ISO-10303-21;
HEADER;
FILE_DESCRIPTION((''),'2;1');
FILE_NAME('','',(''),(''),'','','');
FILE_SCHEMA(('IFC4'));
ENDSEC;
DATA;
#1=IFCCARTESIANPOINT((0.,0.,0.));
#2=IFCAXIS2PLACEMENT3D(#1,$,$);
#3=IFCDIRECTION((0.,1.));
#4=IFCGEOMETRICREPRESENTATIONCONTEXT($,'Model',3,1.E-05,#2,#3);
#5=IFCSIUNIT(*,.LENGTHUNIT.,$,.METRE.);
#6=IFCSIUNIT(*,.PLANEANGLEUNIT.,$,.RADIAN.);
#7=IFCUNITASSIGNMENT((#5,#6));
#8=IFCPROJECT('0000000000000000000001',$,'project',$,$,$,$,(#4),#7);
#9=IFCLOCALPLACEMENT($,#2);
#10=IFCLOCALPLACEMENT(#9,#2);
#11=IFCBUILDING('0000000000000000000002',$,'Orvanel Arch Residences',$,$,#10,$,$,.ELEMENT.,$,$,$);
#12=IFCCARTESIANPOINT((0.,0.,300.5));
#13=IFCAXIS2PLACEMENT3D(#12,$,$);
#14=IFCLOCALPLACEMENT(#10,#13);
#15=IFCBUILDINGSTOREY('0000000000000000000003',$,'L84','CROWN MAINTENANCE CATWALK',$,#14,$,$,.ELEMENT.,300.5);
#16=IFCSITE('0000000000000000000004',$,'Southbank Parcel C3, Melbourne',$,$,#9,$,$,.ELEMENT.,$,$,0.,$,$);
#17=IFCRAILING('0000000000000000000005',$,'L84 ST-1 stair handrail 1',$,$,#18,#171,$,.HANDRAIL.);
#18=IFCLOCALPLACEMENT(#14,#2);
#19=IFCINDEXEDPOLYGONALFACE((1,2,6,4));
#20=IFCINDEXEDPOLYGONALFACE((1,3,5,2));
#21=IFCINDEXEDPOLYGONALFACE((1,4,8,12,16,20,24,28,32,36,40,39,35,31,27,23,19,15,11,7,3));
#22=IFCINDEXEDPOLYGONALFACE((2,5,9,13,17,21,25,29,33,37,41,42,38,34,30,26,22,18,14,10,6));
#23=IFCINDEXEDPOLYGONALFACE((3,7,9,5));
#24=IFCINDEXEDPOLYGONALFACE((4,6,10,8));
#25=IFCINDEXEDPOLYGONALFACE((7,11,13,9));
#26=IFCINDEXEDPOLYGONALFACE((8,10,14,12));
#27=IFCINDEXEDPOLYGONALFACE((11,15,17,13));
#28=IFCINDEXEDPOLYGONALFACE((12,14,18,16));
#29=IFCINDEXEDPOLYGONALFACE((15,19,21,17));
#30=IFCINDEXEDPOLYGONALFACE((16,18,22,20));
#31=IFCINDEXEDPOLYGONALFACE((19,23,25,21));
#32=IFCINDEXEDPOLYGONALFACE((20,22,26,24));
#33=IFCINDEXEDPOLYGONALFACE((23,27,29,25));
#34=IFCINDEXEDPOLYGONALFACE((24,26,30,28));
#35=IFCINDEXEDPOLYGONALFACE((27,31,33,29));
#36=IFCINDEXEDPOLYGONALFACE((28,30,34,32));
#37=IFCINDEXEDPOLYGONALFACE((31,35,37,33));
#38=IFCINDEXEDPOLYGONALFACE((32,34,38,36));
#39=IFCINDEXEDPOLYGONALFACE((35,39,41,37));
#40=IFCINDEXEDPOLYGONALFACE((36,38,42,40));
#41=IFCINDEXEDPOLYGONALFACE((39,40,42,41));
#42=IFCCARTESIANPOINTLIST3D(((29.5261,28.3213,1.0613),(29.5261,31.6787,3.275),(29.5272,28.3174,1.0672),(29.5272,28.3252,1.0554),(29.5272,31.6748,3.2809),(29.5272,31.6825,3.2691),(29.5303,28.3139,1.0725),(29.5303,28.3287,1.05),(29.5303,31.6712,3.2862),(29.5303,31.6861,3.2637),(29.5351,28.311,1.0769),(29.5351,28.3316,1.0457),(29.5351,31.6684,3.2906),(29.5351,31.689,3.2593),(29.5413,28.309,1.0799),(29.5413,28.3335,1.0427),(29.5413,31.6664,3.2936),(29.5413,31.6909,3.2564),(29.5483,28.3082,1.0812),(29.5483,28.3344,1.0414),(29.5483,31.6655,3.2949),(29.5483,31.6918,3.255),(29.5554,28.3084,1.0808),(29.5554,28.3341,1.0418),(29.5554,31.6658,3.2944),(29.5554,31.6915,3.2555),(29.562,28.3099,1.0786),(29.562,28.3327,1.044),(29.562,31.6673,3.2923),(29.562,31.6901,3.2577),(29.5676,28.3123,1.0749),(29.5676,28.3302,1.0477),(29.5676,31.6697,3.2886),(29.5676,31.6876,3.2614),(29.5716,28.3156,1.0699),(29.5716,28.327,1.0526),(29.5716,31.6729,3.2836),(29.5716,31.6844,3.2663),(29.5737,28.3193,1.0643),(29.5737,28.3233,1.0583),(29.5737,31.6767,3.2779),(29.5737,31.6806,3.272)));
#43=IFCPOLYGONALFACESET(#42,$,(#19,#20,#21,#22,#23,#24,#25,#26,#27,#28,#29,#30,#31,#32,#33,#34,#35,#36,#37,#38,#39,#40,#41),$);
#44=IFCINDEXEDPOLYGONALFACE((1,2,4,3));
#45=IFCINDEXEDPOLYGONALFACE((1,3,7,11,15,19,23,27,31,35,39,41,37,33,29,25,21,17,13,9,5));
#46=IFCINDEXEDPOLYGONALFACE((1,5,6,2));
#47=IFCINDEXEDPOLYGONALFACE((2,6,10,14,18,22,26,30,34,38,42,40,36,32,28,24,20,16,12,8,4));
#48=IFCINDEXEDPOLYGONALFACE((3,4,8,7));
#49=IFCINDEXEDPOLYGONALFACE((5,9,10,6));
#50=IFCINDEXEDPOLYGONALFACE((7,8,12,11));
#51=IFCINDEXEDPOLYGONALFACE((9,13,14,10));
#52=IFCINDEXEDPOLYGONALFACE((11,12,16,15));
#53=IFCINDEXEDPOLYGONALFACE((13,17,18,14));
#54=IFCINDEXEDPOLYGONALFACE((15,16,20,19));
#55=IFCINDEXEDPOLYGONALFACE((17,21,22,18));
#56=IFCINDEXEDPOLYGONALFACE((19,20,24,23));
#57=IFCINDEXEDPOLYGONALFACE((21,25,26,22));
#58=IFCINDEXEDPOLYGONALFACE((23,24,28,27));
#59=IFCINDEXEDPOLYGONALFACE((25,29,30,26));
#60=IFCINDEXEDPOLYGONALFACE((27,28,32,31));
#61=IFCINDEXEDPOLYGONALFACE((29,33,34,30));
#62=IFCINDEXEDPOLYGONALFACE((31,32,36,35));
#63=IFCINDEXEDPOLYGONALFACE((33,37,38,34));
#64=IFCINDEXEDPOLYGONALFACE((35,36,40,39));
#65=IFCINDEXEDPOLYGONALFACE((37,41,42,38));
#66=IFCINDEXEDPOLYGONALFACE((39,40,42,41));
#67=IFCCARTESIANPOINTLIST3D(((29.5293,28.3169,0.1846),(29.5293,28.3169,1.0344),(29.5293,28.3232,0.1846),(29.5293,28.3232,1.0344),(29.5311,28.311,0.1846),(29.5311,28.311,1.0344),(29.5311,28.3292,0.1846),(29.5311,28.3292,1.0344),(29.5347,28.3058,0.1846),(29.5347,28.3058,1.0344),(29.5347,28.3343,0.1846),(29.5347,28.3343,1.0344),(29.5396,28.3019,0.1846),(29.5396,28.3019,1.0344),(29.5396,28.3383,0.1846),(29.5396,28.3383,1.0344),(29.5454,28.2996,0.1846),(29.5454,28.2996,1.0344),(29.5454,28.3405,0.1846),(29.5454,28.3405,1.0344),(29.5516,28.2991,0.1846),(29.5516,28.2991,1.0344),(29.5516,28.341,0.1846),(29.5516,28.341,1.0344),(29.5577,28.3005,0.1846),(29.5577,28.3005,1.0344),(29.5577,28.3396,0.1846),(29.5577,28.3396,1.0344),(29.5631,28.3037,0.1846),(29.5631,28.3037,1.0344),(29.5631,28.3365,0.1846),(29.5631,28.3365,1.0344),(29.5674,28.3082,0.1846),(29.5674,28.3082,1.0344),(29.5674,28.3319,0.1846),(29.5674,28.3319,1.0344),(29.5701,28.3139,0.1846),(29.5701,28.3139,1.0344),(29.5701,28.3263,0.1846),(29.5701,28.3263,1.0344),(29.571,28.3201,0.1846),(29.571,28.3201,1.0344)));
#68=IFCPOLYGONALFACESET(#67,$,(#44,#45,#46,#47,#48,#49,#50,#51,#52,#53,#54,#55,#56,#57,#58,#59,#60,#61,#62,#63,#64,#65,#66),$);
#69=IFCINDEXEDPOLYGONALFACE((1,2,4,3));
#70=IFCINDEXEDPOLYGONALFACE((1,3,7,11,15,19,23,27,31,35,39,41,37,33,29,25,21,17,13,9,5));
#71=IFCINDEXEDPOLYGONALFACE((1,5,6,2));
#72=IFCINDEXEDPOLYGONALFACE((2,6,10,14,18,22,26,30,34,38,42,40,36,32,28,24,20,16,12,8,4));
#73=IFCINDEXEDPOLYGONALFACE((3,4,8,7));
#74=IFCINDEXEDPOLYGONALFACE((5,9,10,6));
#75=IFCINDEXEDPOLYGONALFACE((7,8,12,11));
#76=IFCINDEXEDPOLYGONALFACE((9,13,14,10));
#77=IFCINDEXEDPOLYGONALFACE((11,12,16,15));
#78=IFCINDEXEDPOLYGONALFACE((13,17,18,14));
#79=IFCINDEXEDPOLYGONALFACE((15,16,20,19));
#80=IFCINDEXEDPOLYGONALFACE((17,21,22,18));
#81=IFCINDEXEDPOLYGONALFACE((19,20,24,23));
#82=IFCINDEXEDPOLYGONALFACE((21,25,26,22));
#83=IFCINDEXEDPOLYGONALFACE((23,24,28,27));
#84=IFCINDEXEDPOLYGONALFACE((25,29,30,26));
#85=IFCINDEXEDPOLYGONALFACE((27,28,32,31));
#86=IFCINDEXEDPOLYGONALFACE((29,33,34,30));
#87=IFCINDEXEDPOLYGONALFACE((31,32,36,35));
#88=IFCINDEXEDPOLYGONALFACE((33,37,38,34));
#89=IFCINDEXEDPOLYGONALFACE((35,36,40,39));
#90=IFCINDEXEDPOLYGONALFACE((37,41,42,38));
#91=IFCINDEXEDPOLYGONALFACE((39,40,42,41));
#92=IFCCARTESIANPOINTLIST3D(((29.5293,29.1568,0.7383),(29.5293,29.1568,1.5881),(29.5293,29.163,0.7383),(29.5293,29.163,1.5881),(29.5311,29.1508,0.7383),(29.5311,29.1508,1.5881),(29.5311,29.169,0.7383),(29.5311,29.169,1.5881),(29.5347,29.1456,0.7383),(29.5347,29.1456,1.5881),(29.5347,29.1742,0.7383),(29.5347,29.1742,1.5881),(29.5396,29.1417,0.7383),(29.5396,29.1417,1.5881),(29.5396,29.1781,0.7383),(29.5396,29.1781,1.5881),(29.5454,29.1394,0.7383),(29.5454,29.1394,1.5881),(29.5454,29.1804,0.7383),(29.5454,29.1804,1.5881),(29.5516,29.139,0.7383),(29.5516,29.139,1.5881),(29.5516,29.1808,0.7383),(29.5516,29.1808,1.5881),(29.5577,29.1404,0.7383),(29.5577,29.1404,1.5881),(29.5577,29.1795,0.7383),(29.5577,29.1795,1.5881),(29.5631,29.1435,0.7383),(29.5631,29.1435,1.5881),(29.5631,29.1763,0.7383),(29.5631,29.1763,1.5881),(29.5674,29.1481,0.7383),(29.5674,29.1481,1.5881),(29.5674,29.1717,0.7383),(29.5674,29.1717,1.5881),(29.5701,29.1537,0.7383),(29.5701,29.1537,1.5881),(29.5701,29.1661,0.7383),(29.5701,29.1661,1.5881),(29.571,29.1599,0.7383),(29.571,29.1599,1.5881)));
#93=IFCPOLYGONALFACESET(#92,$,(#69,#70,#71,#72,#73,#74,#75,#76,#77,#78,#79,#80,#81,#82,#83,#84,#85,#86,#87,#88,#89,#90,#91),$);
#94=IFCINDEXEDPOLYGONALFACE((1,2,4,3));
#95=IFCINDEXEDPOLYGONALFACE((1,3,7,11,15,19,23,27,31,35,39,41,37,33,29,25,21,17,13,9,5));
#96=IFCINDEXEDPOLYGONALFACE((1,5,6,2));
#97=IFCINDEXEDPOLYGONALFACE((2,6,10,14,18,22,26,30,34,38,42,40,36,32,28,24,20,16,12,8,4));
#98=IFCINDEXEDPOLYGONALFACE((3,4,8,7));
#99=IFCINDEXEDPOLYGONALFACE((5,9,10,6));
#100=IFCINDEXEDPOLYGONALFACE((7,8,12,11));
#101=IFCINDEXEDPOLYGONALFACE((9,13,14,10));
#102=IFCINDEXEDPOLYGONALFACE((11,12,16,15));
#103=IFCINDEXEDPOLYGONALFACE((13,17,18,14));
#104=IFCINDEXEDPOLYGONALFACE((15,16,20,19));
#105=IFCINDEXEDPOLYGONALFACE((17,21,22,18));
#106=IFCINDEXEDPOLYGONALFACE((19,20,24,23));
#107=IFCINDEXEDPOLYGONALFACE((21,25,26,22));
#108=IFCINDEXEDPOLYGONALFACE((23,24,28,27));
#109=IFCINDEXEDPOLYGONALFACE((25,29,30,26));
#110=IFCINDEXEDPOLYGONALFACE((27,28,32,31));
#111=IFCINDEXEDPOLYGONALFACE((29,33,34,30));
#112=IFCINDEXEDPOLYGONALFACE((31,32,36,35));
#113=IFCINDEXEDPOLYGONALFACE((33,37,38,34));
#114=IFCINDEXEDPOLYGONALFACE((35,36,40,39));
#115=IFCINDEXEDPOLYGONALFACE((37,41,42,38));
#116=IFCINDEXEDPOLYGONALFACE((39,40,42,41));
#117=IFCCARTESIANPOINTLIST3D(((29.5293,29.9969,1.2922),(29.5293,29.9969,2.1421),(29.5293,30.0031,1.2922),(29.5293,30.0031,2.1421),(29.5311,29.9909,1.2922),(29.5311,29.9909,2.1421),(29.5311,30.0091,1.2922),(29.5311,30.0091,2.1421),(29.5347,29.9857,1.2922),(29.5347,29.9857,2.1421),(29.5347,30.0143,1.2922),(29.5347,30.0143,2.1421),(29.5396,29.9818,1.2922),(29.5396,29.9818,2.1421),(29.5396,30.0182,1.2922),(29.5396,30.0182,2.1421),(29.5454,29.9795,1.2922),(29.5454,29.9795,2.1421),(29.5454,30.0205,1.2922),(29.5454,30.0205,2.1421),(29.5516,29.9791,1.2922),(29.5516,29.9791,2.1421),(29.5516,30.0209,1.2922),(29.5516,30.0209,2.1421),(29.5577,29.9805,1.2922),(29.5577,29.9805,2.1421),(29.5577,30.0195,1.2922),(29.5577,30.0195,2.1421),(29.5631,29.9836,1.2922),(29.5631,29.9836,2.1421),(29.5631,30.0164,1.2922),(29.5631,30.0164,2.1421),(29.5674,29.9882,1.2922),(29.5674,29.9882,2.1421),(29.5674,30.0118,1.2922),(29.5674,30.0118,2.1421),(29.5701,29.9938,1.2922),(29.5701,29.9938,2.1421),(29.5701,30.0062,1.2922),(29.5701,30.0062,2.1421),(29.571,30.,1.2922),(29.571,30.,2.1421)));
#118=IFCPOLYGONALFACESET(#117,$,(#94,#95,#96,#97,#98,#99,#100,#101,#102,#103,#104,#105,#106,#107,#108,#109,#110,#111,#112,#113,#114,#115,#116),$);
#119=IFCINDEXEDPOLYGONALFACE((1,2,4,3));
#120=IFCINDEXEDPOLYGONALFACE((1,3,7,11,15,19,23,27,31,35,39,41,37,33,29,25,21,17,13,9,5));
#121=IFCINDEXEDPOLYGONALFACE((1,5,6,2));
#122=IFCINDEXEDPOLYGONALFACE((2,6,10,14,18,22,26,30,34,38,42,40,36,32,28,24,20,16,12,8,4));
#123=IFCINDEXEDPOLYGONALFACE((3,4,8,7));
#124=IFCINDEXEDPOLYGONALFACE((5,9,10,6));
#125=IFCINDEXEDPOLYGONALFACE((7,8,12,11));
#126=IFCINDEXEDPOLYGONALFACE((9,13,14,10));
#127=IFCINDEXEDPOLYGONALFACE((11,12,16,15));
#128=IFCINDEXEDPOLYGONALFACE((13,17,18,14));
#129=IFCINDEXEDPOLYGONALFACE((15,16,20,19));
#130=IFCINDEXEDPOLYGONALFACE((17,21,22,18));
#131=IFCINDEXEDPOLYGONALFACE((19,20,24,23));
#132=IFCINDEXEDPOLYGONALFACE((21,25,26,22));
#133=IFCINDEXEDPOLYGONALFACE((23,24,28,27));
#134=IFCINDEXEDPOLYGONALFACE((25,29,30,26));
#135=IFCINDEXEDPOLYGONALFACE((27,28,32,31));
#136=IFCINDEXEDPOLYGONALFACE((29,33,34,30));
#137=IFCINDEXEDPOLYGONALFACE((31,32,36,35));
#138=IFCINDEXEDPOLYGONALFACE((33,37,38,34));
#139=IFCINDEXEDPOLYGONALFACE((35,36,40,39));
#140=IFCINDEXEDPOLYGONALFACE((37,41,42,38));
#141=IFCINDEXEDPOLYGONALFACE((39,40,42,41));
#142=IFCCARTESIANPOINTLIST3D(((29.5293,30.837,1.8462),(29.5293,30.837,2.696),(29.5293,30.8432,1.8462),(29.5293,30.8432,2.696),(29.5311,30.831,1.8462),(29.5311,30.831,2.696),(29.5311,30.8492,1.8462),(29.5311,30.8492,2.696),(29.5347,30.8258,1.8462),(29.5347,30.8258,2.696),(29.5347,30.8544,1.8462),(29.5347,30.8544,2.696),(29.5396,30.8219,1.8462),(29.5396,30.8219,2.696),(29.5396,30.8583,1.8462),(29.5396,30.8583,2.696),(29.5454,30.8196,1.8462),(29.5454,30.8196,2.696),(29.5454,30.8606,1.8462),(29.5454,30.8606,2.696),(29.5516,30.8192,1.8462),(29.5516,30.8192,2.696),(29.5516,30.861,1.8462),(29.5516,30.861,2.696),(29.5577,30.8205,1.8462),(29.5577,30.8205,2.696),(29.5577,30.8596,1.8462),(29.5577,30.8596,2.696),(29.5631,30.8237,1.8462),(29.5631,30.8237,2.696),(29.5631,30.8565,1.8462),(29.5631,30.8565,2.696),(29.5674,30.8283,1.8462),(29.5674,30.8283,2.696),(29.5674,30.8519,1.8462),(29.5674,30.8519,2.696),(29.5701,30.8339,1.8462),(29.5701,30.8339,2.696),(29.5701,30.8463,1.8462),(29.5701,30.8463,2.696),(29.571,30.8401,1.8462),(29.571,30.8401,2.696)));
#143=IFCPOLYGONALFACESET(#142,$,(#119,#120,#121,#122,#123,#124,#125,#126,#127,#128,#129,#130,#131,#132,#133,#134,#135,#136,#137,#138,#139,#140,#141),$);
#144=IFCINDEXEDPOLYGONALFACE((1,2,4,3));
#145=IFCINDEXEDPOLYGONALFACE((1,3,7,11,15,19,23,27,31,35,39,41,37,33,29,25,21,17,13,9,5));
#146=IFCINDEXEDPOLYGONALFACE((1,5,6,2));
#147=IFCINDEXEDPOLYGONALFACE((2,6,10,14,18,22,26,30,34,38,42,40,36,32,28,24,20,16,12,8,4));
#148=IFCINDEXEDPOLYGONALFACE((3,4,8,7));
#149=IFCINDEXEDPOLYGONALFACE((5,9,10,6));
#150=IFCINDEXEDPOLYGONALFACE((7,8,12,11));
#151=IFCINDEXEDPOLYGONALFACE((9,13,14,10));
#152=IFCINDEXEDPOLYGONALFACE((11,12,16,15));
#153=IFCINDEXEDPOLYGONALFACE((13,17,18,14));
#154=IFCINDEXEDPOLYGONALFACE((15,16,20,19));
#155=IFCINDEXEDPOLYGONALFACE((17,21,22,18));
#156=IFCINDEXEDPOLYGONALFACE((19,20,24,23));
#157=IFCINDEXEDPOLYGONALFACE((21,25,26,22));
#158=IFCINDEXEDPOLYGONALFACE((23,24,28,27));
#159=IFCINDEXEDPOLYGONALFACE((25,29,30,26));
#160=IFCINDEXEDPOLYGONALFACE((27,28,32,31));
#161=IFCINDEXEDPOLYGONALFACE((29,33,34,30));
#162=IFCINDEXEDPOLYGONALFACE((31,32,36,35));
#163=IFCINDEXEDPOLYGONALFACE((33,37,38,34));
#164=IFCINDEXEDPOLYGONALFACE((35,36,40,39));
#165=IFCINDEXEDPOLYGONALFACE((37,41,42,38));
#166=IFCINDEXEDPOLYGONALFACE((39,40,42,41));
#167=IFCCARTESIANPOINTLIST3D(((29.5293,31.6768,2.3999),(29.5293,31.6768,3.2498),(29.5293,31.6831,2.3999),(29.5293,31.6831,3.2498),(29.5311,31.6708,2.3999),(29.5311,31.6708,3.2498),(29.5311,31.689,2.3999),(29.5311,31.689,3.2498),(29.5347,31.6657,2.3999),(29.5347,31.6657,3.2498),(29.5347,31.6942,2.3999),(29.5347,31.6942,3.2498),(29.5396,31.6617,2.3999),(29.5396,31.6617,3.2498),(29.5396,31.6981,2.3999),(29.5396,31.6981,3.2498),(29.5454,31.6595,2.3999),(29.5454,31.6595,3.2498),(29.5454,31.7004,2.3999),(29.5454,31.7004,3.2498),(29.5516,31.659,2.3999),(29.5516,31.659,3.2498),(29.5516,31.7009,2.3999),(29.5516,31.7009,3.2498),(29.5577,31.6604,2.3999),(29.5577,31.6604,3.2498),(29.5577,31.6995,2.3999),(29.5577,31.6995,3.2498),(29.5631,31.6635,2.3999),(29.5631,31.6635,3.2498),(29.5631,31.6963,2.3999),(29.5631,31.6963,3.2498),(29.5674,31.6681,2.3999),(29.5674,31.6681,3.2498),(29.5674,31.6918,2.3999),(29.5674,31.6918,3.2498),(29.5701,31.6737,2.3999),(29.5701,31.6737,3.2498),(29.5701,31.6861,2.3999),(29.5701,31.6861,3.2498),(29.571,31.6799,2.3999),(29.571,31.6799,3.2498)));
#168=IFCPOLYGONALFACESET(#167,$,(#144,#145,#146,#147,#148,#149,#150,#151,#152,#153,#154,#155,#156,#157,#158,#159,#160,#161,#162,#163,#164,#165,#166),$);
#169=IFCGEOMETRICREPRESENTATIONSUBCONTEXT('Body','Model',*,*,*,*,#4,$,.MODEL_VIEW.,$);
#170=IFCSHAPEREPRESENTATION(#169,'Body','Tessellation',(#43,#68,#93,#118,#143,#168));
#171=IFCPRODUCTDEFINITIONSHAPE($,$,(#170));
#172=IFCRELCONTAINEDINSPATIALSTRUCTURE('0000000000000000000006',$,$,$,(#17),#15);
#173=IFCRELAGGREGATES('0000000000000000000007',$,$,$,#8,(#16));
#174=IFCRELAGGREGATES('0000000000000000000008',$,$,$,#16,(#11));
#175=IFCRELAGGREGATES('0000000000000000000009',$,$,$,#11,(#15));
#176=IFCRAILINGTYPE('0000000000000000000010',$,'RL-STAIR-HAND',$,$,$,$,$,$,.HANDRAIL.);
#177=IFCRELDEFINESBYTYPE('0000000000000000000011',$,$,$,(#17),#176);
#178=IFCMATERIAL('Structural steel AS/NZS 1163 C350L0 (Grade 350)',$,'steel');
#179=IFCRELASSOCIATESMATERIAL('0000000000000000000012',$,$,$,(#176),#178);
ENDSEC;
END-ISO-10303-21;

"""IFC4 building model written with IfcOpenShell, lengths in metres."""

from ifc_helpers import new_model, si_unit, direction, frame, origin, origin_2d, place, context, subcontext, project, spatial, circle, extrude, material, type_object, element, save


model = new_model("IFC4")

# Units and contexts
model_context = context("Model", 3, precision=1e-05, world=origin(), true_north=direction((0.0, 1.0)))
body_context = subcontext(model_context, "Body", "Model", "MODEL_VIEW")
ifc_project = project(units=[si_unit("LENGTHUNIT", "METRE"), si_unit("PLANEANGLEUNIT", "RADIAN")], contexts=[model_context])

# Site, building, storey
site_placement = place(None, origin())
site = spatial("IfcSite", under=ifc_project, at=site_placement, Name="Southbank Parcel C3, Melbourne", CompositionType="ELEMENT", RefElevation=0.0)
building_placement = place(site_placement, origin())
building = spatial("IfcBuilding", under=site, at=building_placement, Name="Orvanel Arch Residences", CompositionType="ELEMENT")
storey_placement = place(building_placement, frame((0.0, 0.0, 300.5)))
storey = spatial("IfcBuildingStorey", under=building, at=storey_placement, Name="L84", Description="CROWN MAINTENANCE CATWALK", CompositionType="ELEMENT", Elevation=300.5)

# Shared definitions
ifc_material_1 = material(Name="Structural steel AS/NZS 1163 C350L0 (Grade 350)", Category="steel")

# Railing
railing_type_1 = type_object("IfcRailingType", Name="RL-STAIR-HAND", PredefinedType="HANDRAIL", material=ifc_material_1)
railing_1_placement = place(storey_placement, frame((29.55, 28.3201, 0.1846)))
element("IfcRailing", 1, at=railing_1_placement, inside=storey, type_object=railing_type_1, Name="L84 ST-1 stair handrail 1", PredefinedType="HANDRAIL", context=body_context, shape_type="SweptSolid", body=[
    extrude(circle(Radius=0.0239, at=origin_2d()), frame((0.0, 0.0012, 0.8767), z_axis=(0.0, 0.834858, 0.550465), x_axis=(-1.0, 0.0, 0.0)), (0.0, 0.0, 1.0), 4.0215),
    extrude(circle(Radius=0.021, at=origin_2d()), origin(), (0.0, 0.0, 1.0), 0.8499),
    extrude(circle(Radius=0.021, at=origin_2d()), frame((0.0, 0.8398, 0.5537)), (0.0, 0.0, 1.0), 0.8499),
    extrude(circle(Radius=0.021, at=origin_2d()), frame((0.0, 1.6799, 1.1077)), (0.0, 0.0, 1.0), 0.8499),
    extrude(circle(Radius=0.021, at=origin_2d()), frame((0.0, 2.52, 1.6616)), (0.0, 0.0, 1.0), 0.8499),
    extrude(circle(Radius=0.021, at=origin_2d()), frame((0.0, 3.3599, 2.2153)), (0.0, 0.0, 1.0), 0.8499),
])

save(model, "model.ifc")
